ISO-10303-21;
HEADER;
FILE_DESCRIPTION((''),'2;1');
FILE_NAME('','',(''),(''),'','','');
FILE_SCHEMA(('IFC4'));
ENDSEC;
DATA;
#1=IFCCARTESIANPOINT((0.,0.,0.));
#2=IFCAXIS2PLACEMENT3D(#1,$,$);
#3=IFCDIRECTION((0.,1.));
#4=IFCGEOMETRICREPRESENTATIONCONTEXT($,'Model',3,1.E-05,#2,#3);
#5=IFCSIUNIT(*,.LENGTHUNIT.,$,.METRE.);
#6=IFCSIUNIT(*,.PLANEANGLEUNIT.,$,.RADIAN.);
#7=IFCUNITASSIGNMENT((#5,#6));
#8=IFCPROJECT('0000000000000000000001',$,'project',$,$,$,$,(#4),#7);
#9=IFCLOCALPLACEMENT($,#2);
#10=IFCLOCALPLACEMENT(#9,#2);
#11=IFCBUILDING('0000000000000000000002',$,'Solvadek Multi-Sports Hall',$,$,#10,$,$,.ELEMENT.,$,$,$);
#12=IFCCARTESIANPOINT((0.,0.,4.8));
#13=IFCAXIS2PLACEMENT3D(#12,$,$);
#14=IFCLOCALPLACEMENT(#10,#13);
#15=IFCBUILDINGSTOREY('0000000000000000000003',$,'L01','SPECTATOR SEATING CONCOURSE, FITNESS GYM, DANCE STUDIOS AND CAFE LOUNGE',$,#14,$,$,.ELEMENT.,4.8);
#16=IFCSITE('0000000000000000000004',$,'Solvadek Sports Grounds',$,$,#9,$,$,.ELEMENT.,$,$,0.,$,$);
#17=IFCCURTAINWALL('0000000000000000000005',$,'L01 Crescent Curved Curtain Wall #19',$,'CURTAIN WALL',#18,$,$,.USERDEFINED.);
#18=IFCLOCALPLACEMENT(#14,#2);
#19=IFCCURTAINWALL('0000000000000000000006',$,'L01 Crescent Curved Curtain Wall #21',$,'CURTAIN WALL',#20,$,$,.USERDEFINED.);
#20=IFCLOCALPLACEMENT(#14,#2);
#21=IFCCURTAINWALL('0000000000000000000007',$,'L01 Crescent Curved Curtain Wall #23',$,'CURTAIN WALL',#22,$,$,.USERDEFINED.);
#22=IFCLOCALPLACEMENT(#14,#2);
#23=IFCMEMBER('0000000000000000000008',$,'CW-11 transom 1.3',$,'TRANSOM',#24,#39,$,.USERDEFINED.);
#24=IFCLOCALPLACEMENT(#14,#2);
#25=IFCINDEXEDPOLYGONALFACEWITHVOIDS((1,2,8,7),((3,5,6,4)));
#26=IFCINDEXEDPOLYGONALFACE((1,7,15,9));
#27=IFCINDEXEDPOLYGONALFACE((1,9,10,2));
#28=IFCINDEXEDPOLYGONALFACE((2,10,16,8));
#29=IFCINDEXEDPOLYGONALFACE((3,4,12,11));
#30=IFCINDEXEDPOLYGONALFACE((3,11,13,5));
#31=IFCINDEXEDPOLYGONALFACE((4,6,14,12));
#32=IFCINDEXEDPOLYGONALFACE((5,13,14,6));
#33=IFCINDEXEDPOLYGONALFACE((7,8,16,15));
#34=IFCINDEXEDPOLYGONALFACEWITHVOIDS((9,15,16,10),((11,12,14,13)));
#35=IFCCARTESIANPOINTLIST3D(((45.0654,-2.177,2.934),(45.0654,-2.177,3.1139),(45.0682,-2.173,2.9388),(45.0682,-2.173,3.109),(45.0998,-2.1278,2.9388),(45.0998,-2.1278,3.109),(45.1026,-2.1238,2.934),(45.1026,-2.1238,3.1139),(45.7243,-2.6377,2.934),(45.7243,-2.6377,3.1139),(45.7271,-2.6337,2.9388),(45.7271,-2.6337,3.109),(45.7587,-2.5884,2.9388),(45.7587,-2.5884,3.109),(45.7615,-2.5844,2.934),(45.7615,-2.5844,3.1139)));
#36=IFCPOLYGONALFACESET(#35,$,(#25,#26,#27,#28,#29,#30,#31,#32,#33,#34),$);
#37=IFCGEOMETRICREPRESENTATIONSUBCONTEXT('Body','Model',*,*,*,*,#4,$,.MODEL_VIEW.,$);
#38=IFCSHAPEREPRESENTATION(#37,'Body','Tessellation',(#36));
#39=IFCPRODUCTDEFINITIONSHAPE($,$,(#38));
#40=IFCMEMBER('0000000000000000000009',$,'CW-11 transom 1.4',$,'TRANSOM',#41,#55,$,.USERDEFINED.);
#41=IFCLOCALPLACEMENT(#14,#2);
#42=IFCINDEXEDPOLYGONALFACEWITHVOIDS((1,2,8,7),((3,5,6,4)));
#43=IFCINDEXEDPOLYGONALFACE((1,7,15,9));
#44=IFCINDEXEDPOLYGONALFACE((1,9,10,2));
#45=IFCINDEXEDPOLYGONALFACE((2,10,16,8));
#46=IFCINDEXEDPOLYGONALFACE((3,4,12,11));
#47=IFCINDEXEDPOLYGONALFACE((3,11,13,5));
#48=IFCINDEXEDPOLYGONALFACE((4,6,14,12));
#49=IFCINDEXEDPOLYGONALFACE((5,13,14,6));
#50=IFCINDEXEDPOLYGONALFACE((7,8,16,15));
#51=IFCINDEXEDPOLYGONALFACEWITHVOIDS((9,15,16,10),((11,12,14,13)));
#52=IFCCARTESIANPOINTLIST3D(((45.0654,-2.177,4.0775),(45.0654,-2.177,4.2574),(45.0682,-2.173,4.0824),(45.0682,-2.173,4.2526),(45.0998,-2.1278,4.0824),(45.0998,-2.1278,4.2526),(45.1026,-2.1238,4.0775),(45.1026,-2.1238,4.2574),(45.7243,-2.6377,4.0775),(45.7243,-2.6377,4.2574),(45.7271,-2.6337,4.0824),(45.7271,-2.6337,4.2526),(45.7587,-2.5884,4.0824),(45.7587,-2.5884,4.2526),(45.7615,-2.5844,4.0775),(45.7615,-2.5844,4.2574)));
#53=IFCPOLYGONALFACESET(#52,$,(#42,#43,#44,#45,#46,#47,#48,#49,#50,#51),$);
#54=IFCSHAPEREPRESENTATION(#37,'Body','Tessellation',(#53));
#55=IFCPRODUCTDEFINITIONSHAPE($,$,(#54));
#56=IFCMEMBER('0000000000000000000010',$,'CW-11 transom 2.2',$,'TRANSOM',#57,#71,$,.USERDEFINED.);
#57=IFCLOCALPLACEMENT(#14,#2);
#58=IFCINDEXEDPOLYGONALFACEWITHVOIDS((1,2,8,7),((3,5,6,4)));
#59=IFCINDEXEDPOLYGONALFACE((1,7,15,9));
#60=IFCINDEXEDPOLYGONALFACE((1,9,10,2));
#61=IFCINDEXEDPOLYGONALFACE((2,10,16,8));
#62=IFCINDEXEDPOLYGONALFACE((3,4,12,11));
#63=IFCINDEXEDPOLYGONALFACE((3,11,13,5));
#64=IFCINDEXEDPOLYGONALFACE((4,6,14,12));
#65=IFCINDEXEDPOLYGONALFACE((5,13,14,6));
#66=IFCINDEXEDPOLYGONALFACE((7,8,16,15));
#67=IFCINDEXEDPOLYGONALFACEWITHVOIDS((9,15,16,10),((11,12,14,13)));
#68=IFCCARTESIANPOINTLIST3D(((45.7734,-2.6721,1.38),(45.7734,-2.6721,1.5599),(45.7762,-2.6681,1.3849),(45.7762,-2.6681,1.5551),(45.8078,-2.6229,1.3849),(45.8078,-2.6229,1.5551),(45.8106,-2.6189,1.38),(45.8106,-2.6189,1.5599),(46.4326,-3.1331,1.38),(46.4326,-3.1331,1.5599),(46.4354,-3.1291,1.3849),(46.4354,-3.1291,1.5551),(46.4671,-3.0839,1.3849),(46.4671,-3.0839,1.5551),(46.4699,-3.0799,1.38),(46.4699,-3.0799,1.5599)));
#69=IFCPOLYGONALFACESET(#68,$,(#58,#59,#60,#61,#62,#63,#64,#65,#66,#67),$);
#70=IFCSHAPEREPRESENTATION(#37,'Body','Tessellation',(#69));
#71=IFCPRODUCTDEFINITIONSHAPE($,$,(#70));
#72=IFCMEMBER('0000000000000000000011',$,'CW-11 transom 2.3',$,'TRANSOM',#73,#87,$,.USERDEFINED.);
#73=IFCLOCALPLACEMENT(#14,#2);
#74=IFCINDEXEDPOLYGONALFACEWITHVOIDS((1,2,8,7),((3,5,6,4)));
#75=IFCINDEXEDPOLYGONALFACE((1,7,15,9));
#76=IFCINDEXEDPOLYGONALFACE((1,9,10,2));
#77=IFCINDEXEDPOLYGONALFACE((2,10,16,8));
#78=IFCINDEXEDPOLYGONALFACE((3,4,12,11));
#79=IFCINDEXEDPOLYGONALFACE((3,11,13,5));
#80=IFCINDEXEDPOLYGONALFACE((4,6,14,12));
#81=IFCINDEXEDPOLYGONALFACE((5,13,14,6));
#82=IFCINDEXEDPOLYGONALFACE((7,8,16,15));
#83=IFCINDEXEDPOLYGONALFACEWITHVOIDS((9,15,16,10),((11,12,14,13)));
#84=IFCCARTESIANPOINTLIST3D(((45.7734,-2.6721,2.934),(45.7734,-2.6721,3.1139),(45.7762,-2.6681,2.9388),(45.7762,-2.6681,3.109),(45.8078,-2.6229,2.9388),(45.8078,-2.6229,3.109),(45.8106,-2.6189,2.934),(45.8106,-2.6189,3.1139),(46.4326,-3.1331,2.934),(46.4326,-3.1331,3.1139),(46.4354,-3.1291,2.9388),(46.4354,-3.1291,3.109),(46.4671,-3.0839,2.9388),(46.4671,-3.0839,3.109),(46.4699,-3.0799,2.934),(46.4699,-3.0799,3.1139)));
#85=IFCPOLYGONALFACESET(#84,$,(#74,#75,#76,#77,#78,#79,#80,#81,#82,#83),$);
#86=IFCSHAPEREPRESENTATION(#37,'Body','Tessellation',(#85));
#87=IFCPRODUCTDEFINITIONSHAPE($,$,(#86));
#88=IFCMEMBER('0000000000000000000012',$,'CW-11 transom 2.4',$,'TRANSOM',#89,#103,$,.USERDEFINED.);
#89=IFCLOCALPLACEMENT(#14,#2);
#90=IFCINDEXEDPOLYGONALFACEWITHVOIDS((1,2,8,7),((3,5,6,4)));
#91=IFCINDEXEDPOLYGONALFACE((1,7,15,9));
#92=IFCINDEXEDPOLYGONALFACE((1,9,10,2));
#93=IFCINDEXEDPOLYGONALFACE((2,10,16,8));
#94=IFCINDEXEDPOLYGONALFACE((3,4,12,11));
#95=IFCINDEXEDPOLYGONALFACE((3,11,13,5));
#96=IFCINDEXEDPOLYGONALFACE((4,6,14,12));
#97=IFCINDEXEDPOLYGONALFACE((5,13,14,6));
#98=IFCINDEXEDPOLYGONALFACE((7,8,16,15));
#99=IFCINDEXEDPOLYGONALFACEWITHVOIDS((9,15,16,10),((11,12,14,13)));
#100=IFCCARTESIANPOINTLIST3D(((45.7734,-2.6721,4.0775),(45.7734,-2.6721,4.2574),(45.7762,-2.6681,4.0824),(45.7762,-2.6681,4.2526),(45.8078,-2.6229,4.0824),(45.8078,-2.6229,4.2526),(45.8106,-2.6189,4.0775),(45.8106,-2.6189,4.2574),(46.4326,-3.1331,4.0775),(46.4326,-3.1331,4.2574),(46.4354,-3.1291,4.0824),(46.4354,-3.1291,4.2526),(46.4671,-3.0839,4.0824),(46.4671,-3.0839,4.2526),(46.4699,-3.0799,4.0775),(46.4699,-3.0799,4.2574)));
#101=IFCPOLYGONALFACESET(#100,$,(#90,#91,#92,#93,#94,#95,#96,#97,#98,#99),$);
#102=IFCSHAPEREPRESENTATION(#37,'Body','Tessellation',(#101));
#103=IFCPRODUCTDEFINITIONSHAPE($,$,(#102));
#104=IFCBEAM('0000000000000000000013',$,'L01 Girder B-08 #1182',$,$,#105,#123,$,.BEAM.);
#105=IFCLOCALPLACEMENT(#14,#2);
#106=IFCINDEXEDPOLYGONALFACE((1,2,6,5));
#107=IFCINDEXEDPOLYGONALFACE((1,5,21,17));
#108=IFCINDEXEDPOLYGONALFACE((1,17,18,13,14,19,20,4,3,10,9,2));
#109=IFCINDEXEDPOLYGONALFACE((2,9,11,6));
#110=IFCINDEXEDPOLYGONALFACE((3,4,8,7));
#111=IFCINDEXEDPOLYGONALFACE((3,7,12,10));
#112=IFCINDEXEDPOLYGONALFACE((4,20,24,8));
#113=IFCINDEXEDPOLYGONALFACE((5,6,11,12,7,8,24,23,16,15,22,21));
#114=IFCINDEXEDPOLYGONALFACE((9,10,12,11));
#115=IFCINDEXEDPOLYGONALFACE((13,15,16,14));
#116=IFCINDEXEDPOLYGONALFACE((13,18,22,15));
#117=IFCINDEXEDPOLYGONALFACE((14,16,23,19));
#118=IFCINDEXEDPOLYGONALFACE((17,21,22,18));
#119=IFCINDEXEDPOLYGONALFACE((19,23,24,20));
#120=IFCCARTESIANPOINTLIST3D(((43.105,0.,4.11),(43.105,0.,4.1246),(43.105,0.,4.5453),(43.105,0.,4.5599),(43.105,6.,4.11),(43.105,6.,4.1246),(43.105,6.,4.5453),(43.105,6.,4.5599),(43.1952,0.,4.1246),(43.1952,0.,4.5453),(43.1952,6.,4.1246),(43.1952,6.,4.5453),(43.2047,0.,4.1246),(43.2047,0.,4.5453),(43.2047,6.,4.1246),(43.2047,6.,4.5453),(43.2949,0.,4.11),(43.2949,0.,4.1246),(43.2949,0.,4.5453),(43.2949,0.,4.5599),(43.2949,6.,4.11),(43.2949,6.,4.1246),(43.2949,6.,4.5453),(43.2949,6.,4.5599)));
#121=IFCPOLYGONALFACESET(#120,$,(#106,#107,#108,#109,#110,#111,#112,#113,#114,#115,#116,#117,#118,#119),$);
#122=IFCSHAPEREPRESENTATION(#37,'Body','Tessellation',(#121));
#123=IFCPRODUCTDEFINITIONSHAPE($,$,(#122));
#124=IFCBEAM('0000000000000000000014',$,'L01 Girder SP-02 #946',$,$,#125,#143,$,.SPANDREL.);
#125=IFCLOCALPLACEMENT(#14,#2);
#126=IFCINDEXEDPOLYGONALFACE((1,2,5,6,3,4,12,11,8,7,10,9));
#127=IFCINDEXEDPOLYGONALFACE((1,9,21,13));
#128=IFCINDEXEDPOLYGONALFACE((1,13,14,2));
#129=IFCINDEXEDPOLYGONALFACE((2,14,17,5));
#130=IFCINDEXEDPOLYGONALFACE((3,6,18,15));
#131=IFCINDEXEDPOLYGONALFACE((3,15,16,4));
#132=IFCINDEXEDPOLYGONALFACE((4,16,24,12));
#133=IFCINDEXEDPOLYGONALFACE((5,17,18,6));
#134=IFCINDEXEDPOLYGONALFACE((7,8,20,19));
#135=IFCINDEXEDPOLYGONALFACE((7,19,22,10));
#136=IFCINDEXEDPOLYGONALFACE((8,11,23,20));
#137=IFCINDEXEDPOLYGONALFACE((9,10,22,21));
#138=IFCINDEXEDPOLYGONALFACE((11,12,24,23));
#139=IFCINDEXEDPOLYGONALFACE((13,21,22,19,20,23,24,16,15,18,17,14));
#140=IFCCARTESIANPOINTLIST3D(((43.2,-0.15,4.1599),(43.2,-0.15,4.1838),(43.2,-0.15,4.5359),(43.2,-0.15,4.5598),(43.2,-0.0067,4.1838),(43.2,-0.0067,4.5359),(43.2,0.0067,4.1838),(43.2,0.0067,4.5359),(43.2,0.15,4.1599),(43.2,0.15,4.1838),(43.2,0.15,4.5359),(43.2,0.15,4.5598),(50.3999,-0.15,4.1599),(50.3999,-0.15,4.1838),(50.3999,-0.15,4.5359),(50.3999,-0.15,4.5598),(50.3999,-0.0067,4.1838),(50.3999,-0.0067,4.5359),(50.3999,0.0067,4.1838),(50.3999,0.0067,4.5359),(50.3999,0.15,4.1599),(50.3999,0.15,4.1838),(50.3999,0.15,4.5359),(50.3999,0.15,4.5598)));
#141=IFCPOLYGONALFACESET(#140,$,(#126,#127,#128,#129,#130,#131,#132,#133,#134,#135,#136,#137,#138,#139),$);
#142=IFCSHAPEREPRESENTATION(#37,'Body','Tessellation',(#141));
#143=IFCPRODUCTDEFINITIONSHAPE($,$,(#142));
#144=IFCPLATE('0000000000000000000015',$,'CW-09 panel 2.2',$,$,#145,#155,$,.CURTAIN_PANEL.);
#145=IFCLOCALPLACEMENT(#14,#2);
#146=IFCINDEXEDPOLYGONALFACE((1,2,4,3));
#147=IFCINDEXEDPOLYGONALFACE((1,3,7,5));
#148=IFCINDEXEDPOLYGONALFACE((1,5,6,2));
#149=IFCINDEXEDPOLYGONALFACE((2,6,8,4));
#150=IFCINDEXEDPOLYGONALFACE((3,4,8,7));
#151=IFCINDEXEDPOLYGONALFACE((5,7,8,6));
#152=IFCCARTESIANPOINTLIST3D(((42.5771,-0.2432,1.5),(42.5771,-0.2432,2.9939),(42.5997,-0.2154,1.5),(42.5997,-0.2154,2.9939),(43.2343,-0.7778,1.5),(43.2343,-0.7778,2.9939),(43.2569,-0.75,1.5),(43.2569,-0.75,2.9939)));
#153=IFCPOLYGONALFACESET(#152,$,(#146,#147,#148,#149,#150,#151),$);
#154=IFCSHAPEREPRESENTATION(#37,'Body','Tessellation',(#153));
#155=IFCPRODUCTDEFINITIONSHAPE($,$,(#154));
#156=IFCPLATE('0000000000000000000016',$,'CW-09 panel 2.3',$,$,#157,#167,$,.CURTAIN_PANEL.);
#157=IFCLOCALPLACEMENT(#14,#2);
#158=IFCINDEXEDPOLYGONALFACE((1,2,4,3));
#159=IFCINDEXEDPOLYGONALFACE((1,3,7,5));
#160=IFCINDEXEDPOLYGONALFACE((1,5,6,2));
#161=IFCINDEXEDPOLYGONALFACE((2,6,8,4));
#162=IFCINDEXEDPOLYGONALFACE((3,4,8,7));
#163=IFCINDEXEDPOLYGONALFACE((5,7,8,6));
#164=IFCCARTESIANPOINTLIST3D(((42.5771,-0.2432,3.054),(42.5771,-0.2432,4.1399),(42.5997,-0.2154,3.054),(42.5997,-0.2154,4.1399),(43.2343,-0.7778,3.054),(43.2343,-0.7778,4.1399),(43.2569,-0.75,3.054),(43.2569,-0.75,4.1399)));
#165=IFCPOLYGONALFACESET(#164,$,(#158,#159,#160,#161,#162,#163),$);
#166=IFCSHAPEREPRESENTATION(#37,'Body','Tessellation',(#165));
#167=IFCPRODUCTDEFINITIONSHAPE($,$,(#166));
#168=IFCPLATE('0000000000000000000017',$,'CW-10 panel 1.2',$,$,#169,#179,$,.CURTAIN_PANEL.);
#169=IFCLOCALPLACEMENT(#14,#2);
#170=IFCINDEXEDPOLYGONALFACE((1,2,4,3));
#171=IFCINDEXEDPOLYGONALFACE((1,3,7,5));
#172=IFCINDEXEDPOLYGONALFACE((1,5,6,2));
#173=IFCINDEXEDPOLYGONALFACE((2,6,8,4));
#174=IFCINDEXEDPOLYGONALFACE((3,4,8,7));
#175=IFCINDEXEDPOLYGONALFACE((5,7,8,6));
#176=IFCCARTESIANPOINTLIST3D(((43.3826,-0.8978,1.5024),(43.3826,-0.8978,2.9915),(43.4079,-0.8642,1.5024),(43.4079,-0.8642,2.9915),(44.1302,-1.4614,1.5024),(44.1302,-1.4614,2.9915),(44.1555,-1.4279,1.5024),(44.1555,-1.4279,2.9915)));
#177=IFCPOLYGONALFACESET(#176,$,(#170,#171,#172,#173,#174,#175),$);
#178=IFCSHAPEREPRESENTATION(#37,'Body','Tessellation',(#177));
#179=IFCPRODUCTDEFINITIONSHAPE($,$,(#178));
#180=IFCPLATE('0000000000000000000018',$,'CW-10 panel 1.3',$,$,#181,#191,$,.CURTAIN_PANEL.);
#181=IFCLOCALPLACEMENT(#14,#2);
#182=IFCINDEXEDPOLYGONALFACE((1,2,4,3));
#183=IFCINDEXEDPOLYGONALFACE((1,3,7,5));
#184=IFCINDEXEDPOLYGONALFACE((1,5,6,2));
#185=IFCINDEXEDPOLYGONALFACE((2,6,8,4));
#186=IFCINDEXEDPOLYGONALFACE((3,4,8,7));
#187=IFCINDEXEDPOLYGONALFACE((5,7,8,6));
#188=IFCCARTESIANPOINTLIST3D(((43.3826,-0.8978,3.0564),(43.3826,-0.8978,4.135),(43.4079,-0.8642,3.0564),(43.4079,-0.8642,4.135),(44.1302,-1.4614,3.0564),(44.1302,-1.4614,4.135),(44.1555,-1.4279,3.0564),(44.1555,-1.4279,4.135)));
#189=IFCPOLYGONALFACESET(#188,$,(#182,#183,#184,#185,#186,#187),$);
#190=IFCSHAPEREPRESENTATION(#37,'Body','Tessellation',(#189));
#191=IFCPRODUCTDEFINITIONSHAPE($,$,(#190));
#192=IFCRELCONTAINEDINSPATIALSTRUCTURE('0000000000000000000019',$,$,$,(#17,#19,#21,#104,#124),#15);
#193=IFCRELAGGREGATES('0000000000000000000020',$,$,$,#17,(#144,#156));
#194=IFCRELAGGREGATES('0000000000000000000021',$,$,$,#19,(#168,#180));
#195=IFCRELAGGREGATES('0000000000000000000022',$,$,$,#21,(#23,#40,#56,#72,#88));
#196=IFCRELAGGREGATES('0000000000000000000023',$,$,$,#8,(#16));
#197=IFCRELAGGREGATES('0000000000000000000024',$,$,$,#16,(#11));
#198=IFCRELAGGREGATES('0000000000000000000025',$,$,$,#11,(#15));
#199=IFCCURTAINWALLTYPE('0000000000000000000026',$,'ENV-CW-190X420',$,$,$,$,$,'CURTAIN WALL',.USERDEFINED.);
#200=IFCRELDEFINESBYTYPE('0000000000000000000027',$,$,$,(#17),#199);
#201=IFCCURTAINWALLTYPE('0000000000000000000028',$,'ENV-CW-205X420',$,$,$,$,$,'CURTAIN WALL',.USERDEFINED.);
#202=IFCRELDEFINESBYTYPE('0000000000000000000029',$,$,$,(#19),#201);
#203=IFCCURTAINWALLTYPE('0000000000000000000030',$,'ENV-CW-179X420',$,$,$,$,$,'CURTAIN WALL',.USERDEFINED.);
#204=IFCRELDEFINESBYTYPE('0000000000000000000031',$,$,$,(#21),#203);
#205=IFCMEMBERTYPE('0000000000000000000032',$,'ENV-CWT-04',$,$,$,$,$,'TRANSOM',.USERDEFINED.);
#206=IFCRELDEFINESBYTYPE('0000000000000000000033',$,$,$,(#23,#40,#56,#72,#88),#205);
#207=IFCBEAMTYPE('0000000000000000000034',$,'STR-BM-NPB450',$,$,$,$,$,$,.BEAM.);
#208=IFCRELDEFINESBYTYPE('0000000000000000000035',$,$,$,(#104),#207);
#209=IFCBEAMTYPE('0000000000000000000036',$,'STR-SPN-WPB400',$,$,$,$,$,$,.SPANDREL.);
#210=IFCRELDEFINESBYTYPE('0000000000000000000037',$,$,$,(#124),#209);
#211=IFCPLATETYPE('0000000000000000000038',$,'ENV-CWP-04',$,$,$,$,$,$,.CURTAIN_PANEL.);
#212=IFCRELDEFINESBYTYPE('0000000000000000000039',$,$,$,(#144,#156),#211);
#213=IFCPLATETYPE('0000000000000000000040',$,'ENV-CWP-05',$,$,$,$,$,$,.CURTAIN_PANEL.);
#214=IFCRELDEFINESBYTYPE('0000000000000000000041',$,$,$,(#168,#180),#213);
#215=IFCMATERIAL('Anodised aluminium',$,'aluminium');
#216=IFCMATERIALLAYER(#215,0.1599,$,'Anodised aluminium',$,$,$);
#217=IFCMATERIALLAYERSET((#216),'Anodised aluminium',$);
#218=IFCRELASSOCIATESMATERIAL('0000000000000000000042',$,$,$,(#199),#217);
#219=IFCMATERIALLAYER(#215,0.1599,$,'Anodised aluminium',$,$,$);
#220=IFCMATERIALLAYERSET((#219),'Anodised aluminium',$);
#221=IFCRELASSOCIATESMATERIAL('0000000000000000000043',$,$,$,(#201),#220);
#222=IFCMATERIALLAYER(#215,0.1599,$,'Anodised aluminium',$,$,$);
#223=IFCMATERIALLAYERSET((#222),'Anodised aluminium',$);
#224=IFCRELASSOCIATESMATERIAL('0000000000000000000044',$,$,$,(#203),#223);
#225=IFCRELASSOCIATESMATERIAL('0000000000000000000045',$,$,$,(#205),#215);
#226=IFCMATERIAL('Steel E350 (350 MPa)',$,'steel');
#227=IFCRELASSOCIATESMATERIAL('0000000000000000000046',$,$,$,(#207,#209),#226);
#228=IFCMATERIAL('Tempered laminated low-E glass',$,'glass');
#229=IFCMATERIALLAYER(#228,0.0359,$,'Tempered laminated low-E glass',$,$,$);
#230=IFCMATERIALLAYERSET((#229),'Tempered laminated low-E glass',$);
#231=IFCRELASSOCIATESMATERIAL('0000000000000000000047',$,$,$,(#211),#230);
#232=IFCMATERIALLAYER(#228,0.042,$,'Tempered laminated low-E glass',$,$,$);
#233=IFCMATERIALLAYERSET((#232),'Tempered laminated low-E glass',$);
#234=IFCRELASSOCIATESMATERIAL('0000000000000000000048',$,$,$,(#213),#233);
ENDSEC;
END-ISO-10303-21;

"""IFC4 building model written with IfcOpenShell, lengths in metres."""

from ifc_helpers import new_model, si_unit, direction, frame, origin, origin_2d, place, context, subcontext, project, spatial, rectangle, hollow_rectangle, i_section, extrude, material, layer, layer_set, material_profile, profile_set, type_object, element, aggregate, save


model = new_model("IFC4")

# Units and contexts
model_context = context("Model", 3, precision=1e-05, world=origin(), true_north=direction((0.0, 1.0)))
body_context = subcontext(model_context, "Body", "Model", "MODEL_VIEW")
ifc_project = project(units=[si_unit("LENGTHUNIT", "METRE"), si_unit("PLANEANGLEUNIT", "RADIAN")], contexts=[model_context])

# Site, building, storey
site_placement = place(None, origin())
site = spatial("IfcSite", under=ifc_project, at=site_placement, Name="Solvadek Sports Grounds", CompositionType="ELEMENT", RefElevation=0.0)
building_placement = place(site_placement, origin())
building = spatial("IfcBuilding", under=site, at=building_placement, Name="Solvadek Multi-Sports Hall", CompositionType="ELEMENT")
storey_placement = place(building_placement, frame((0.0, 0.0, 4.8)))
storey = spatial("IfcBuildingStorey", under=building, at=storey_placement, Name="L01", Description="SPECTATOR SEATING CONCOURSE, FITNESS GYM, DANCE STUDIOS AND CAFE LOUNGE", CompositionType="ELEMENT", Elevation=4.8)

# Curtain walls, members
ifc_material_1 = material(Name="Anodised aluminium", Category="aluminium")
ifc_layer_1 = layer(ifc_material_1, 0.1599, Name="Anodised aluminium")
ifc_layer_set_1 = layer_set([ifc_layer_1], Name="Anodised aluminium")
curtain_wall_type_1 = type_object("IfcCurtainWallType", Name="ENV-CW-190X420", ElementType="CURTAIN WALL", PredefinedType="USERDEFINED", material=ifc_layer_set_1)
curtain_wall_1_placement = place(storey_placement, origin())
curtain_wall_1 = element("IfcCurtainWall", 1, at=curtain_wall_1_placement, inside=storey, type_object=curtain_wall_type_1, Name="L01 Crescent Curved Curtain Wall #19", ObjectType="CURTAIN WALL", PredefinedType="USERDEFINED")
ifc_layer_2 = layer(ifc_material_1, 0.1599, Name="Anodised aluminium")
ifc_layer_set_2 = layer_set([ifc_layer_2], Name="Anodised aluminium")
curtain_wall_type_2 = type_object("IfcCurtainWallType", Name="ENV-CW-205X420", ElementType="CURTAIN WALL", PredefinedType="USERDEFINED", material=ifc_layer_set_2)
curtain_wall_2_placement = place(storey_placement, origin())
curtain_wall_2 = element("IfcCurtainWall", 2, at=curtain_wall_2_placement, inside=storey, type_object=curtain_wall_type_2, Name="L01 Crescent Curved Curtain Wall #21", ObjectType="CURTAIN WALL", PredefinedType="USERDEFINED")
ifc_layer_3 = layer(ifc_material_1, 0.1599, Name="Anodised aluminium")
ifc_layer_set_3 = layer_set([ifc_layer_3], Name="Anodised aluminium")
curtain_wall_type_3 = type_object("IfcCurtainWallType", Name="ENV-CW-179X420", ElementType="CURTAIN WALL", PredefinedType="USERDEFINED", material=ifc_layer_set_3)
curtain_wall_3_placement = place(storey_placement, origin())
curtain_wall_3 = element("IfcCurtainWall", 3, at=curtain_wall_3_placement, inside=storey, type_object=curtain_wall_type_3, Name="L01 Crescent Curved Curtain Wall #23", ObjectType="CURTAIN WALL", PredefinedType="USERDEFINED")
ifc_material_profile_1 = material_profile(ifc_material_1, hollow_rectangle(XDim=0.0649, YDim=0.1799, WallThickness=0.0049, at=origin_2d()), Name="ALU-T 180x65x5")
ifc_profile_set_1 = profile_set([ifc_material_profile_1], Name="Anodised aluminium")
member_type_1 = type_object("IfcMemberType", Name="ENV-CWT-04", ElementType="TRANSOM", PredefinedType="USERDEFINED", material=ifc_profile_set_1)
member_1_placement = place(storey_placement, frame((45.084, -2.1504, 3.0239), z_axis=(0.81956, -0.572994, 0.0), x_axis=(0.572994, 0.81956, 0.0)))
member_1 = element("IfcMember", 4, at=member_1_placement, type_object=member_type_1, Name="CW-11 transom 1.3", ObjectType="TRANSOM", PredefinedType="USERDEFINED", context=body_context, shape_type="SweptSolid", body=[
    extrude(hollow_rectangle(XDim=0.0649, YDim=0.1799, WallThickness=0.0049, at=origin_2d()), origin(), (0.0, 0.0, 1.0), 0.804),
])
member_2_placement = place(storey_placement, frame((45.084, -2.1504, 4.1675), z_axis=(0.81956, -0.572994, 0.0), x_axis=(0.572994, 0.81956, 0.0)))
member_2 = element("IfcMember", 5, at=member_2_placement, type_object=member_type_1, Name="CW-11 transom 1.4", ObjectType="TRANSOM", PredefinedType="USERDEFINED", context=body_context, shape_type="SweptSolid", body=[
    extrude(hollow_rectangle(XDim=0.0649, YDim=0.1799, WallThickness=0.0049, at=origin_2d()), origin(), (0.0, 0.0, 1.0), 0.804),
])
member_3_placement = place(storey_placement, frame((45.792, -2.6455, 1.47), z_axis=(0.819517, -0.573055, 0.0), x_axis=(0.573055, 0.819517, 0.0)))
member_3 = element("IfcMember", 6, at=member_3_placement, type_object=member_type_1, Name="CW-11 transom 2.2", ObjectType="TRANSOM", PredefinedType="USERDEFINED", context=body_context, shape_type="SweptSolid", body=[
    extrude(hollow_rectangle(XDim=0.0649, YDim=0.1799, WallThickness=0.0049, at=origin_2d()), origin(), (0.0, 0.0, 1.0), 0.8044),
])
member_4_placement = place(storey_placement, frame((45.792, -2.6455, 3.0239), z_axis=(0.819517, -0.573055, 0.0), x_axis=(0.573055, 0.819517, 0.0)))
member_4 = element("IfcMember", 7, at=member_4_placement, type_object=member_type_1, Name="CW-11 transom 2.3", ObjectType="TRANSOM", PredefinedType="USERDEFINED", context=body_context, shape_type="SweptSolid", body=[
    extrude(hollow_rectangle(XDim=0.0649, YDim=0.1799, WallThickness=0.0049, at=origin_2d()), origin(), (0.0, 0.0, 1.0), 0.8044),
])
member_5_placement = place(storey_placement, frame((45.792, -2.6455, 4.1675), z_axis=(0.819517, -0.573055, 0.0), x_axis=(0.573055, 0.819517, 0.0)))
member_5 = element("IfcMember", 8, at=member_5_placement, type_object=member_type_1, Name="CW-11 transom 2.4", ObjectType="TRANSOM", PredefinedType="USERDEFINED", context=body_context, shape_type="SweptSolid", body=[
    extrude(hollow_rectangle(XDim=0.0649, YDim=0.1799, WallThickness=0.0049, at=origin_2d()), origin(), (0.0, 0.0, 1.0), 0.8044),
])

# Beams
ifc_material_2 = material(Name="Steel E350 (350 MPa)", Category="steel")
ifc_material_profile_2 = material_profile(ifc_material_2, i_section(OverallWidth=0.1899, OverallDepth=0.45, WebThickness=0.0095, FlangeThickness=0.0146, at=origin_2d()), Name="NPB 450")
ifc_profile_set_2 = profile_set([ifc_material_profile_2], Name="Steel E350 (350 MPa)")
beam_type_1 = type_object("IfcBeamType", Name="STR-BM-NPB450", PredefinedType="BEAM", material=ifc_profile_set_2)
beam_1_placement = place(storey_placement, frame((43.2, 0.0, 4.335), z_axis=(0.0, 1.0, 0.0), x_axis=(-1.0, 0.0, 0.0)))
element("IfcBeam", 9, at=beam_1_placement, inside=storey, type_object=beam_type_1, Name="L01 Girder B-08 #1182", PredefinedType="BEAM", context=body_context, shape_type="SweptSolid", body=[
    extrude(i_section(OverallWidth=0.1899, OverallDepth=0.45, WebThickness=0.0095, FlangeThickness=0.0146, at=origin_2d()), origin(), (0.0, 0.0, 1.0), 6.0),
])
ifc_material_profile_3 = material_profile(ifc_material_2, i_section(OverallWidth=0.3, OverallDepth=0.3999, WebThickness=0.0134, FlangeThickness=0.0239, at=origin_2d()), Name="WPB 400")
ifc_profile_set_3 = profile_set([ifc_material_profile_3], Name="Steel E350 (350 MPa)")
beam_type_2 = type_object("IfcBeamType", Name="STR-SPN-WPB400", PredefinedType="SPANDREL", material=ifc_profile_set_3)
beam_2_placement = place(storey_placement, frame((43.2, 0.0, 4.3599), z_axis=(1.0, 0.0, 0.0), x_axis=(0.0, 1.0, 0.0)))
element("IfcBeam", 10, at=beam_2_placement, inside=storey, type_object=beam_type_2, Name="L01 Girder SP-02 #946", PredefinedType="SPANDREL", context=body_context, shape_type="SweptSolid", body=[
    extrude(i_section(OverallWidth=0.3, OverallDepth=0.3999, WebThickness=0.0134, FlangeThickness=0.0239, at=origin_2d()), origin(), (0.0, 0.0, 1.0), 7.2),
])

# Plates
ifc_material_3 = material(Name="Tempered laminated low-E glass", Category="glass")
ifc_layer_4 = layer(ifc_material_3, 0.0359, Name="Tempered laminated low-E glass")
ifc_layer_set_4 = layer_set([ifc_layer_4], Name="Tempered laminated low-E glass")
plate_type_1 = type_object("IfcPlateType", Name="ENV-CWP-04", PredefinedType="CURTAIN_PANEL", material=ifc_layer_set_4)
plate_1_placement = place(storey_placement, frame((42.917, -0.4966, 1.5), z_axis=(0.0, 0.0, 1.0), x_axis=(0.775725, -0.631071, 0.0)))
plate_1 = element("IfcPlate", 11, at=plate_1_placement, type_object=plate_type_1, Name="CW-09 panel 2.2", PredefinedType="CURTAIN_PANEL", context=body_context, shape_type="SweptSolid", body=[
    extrude(rectangle(XDim=0.8472, YDim=0.0359, at=origin_2d()), origin(), (0.0, 0.0, 1.0), 1.4939),
])
plate_2_placement = place(storey_placement, frame((42.917, -0.4966, 3.054), z_axis=(0.0, 0.0, 1.0), x_axis=(0.775725, -0.631071, 0.0)))
plate_2 = element("IfcPlate", 12, at=plate_2_placement, type_object=plate_type_1, Name="CW-09 panel 2.3", PredefinedType="CURTAIN_PANEL", context=body_context, shape_type="SweptSolid", body=[
    extrude(rectangle(XDim=0.8472, YDim=0.0359, at=origin_2d()), origin(), (0.0, 0.0, 1.0), 1.0859),
])
aggregate(curtain_wall_1, [plate_1, plate_2])
ifc_layer_5 = layer(ifc_material_3, 0.042, Name="Tempered laminated low-E glass")
ifc_layer_set_5 = layer_set([ifc_layer_5], Name="Tempered laminated low-E glass")
plate_type_2 = type_object("IfcPlateType", Name="ENV-CWP-05", PredefinedType="CURTAIN_PANEL", material=ifc_layer_set_5)
plate_3_placement = place(storey_placement, frame((43.769, -1.1628, 1.5024), z_axis=(0.0, 0.0, 1.0), x_axis=(0.798477, -0.602025, 0.0)))
plate_3 = element("IfcPlate", 13, at=plate_3_placement, type_object=plate_type_2, Name="CW-10 panel 1.2", PredefinedType="CURTAIN_PANEL", context=body_context, shape_type="SweptSolid", body=[
    extrude(rectangle(XDim=0.9363, YDim=0.042, at=origin_2d()), origin(), (0.0, 0.0, 1.0), 1.489),
])
plate_4_placement = place(storey_placement, frame((43.769, -1.1628, 3.0564), z_axis=(0.0, 0.0, 1.0), x_axis=(0.798477, -0.602025, 0.0)))
plate_4 = element("IfcPlate", 14, at=plate_4_placement, type_object=plate_type_2, Name="CW-10 panel 1.3", PredefinedType="CURTAIN_PANEL", context=body_context, shape_type="SweptSolid", body=[
    extrude(rectangle(XDim=0.9363, YDim=0.042, at=origin_2d()), origin(), (0.0, 0.0, 1.0), 1.0786),
])
aggregate(curtain_wall_2, [plate_3, plate_4])
aggregate(curtain_wall_3, [member_1, member_2, member_3, member_4, member_5])

save(model, "model.ifc")
